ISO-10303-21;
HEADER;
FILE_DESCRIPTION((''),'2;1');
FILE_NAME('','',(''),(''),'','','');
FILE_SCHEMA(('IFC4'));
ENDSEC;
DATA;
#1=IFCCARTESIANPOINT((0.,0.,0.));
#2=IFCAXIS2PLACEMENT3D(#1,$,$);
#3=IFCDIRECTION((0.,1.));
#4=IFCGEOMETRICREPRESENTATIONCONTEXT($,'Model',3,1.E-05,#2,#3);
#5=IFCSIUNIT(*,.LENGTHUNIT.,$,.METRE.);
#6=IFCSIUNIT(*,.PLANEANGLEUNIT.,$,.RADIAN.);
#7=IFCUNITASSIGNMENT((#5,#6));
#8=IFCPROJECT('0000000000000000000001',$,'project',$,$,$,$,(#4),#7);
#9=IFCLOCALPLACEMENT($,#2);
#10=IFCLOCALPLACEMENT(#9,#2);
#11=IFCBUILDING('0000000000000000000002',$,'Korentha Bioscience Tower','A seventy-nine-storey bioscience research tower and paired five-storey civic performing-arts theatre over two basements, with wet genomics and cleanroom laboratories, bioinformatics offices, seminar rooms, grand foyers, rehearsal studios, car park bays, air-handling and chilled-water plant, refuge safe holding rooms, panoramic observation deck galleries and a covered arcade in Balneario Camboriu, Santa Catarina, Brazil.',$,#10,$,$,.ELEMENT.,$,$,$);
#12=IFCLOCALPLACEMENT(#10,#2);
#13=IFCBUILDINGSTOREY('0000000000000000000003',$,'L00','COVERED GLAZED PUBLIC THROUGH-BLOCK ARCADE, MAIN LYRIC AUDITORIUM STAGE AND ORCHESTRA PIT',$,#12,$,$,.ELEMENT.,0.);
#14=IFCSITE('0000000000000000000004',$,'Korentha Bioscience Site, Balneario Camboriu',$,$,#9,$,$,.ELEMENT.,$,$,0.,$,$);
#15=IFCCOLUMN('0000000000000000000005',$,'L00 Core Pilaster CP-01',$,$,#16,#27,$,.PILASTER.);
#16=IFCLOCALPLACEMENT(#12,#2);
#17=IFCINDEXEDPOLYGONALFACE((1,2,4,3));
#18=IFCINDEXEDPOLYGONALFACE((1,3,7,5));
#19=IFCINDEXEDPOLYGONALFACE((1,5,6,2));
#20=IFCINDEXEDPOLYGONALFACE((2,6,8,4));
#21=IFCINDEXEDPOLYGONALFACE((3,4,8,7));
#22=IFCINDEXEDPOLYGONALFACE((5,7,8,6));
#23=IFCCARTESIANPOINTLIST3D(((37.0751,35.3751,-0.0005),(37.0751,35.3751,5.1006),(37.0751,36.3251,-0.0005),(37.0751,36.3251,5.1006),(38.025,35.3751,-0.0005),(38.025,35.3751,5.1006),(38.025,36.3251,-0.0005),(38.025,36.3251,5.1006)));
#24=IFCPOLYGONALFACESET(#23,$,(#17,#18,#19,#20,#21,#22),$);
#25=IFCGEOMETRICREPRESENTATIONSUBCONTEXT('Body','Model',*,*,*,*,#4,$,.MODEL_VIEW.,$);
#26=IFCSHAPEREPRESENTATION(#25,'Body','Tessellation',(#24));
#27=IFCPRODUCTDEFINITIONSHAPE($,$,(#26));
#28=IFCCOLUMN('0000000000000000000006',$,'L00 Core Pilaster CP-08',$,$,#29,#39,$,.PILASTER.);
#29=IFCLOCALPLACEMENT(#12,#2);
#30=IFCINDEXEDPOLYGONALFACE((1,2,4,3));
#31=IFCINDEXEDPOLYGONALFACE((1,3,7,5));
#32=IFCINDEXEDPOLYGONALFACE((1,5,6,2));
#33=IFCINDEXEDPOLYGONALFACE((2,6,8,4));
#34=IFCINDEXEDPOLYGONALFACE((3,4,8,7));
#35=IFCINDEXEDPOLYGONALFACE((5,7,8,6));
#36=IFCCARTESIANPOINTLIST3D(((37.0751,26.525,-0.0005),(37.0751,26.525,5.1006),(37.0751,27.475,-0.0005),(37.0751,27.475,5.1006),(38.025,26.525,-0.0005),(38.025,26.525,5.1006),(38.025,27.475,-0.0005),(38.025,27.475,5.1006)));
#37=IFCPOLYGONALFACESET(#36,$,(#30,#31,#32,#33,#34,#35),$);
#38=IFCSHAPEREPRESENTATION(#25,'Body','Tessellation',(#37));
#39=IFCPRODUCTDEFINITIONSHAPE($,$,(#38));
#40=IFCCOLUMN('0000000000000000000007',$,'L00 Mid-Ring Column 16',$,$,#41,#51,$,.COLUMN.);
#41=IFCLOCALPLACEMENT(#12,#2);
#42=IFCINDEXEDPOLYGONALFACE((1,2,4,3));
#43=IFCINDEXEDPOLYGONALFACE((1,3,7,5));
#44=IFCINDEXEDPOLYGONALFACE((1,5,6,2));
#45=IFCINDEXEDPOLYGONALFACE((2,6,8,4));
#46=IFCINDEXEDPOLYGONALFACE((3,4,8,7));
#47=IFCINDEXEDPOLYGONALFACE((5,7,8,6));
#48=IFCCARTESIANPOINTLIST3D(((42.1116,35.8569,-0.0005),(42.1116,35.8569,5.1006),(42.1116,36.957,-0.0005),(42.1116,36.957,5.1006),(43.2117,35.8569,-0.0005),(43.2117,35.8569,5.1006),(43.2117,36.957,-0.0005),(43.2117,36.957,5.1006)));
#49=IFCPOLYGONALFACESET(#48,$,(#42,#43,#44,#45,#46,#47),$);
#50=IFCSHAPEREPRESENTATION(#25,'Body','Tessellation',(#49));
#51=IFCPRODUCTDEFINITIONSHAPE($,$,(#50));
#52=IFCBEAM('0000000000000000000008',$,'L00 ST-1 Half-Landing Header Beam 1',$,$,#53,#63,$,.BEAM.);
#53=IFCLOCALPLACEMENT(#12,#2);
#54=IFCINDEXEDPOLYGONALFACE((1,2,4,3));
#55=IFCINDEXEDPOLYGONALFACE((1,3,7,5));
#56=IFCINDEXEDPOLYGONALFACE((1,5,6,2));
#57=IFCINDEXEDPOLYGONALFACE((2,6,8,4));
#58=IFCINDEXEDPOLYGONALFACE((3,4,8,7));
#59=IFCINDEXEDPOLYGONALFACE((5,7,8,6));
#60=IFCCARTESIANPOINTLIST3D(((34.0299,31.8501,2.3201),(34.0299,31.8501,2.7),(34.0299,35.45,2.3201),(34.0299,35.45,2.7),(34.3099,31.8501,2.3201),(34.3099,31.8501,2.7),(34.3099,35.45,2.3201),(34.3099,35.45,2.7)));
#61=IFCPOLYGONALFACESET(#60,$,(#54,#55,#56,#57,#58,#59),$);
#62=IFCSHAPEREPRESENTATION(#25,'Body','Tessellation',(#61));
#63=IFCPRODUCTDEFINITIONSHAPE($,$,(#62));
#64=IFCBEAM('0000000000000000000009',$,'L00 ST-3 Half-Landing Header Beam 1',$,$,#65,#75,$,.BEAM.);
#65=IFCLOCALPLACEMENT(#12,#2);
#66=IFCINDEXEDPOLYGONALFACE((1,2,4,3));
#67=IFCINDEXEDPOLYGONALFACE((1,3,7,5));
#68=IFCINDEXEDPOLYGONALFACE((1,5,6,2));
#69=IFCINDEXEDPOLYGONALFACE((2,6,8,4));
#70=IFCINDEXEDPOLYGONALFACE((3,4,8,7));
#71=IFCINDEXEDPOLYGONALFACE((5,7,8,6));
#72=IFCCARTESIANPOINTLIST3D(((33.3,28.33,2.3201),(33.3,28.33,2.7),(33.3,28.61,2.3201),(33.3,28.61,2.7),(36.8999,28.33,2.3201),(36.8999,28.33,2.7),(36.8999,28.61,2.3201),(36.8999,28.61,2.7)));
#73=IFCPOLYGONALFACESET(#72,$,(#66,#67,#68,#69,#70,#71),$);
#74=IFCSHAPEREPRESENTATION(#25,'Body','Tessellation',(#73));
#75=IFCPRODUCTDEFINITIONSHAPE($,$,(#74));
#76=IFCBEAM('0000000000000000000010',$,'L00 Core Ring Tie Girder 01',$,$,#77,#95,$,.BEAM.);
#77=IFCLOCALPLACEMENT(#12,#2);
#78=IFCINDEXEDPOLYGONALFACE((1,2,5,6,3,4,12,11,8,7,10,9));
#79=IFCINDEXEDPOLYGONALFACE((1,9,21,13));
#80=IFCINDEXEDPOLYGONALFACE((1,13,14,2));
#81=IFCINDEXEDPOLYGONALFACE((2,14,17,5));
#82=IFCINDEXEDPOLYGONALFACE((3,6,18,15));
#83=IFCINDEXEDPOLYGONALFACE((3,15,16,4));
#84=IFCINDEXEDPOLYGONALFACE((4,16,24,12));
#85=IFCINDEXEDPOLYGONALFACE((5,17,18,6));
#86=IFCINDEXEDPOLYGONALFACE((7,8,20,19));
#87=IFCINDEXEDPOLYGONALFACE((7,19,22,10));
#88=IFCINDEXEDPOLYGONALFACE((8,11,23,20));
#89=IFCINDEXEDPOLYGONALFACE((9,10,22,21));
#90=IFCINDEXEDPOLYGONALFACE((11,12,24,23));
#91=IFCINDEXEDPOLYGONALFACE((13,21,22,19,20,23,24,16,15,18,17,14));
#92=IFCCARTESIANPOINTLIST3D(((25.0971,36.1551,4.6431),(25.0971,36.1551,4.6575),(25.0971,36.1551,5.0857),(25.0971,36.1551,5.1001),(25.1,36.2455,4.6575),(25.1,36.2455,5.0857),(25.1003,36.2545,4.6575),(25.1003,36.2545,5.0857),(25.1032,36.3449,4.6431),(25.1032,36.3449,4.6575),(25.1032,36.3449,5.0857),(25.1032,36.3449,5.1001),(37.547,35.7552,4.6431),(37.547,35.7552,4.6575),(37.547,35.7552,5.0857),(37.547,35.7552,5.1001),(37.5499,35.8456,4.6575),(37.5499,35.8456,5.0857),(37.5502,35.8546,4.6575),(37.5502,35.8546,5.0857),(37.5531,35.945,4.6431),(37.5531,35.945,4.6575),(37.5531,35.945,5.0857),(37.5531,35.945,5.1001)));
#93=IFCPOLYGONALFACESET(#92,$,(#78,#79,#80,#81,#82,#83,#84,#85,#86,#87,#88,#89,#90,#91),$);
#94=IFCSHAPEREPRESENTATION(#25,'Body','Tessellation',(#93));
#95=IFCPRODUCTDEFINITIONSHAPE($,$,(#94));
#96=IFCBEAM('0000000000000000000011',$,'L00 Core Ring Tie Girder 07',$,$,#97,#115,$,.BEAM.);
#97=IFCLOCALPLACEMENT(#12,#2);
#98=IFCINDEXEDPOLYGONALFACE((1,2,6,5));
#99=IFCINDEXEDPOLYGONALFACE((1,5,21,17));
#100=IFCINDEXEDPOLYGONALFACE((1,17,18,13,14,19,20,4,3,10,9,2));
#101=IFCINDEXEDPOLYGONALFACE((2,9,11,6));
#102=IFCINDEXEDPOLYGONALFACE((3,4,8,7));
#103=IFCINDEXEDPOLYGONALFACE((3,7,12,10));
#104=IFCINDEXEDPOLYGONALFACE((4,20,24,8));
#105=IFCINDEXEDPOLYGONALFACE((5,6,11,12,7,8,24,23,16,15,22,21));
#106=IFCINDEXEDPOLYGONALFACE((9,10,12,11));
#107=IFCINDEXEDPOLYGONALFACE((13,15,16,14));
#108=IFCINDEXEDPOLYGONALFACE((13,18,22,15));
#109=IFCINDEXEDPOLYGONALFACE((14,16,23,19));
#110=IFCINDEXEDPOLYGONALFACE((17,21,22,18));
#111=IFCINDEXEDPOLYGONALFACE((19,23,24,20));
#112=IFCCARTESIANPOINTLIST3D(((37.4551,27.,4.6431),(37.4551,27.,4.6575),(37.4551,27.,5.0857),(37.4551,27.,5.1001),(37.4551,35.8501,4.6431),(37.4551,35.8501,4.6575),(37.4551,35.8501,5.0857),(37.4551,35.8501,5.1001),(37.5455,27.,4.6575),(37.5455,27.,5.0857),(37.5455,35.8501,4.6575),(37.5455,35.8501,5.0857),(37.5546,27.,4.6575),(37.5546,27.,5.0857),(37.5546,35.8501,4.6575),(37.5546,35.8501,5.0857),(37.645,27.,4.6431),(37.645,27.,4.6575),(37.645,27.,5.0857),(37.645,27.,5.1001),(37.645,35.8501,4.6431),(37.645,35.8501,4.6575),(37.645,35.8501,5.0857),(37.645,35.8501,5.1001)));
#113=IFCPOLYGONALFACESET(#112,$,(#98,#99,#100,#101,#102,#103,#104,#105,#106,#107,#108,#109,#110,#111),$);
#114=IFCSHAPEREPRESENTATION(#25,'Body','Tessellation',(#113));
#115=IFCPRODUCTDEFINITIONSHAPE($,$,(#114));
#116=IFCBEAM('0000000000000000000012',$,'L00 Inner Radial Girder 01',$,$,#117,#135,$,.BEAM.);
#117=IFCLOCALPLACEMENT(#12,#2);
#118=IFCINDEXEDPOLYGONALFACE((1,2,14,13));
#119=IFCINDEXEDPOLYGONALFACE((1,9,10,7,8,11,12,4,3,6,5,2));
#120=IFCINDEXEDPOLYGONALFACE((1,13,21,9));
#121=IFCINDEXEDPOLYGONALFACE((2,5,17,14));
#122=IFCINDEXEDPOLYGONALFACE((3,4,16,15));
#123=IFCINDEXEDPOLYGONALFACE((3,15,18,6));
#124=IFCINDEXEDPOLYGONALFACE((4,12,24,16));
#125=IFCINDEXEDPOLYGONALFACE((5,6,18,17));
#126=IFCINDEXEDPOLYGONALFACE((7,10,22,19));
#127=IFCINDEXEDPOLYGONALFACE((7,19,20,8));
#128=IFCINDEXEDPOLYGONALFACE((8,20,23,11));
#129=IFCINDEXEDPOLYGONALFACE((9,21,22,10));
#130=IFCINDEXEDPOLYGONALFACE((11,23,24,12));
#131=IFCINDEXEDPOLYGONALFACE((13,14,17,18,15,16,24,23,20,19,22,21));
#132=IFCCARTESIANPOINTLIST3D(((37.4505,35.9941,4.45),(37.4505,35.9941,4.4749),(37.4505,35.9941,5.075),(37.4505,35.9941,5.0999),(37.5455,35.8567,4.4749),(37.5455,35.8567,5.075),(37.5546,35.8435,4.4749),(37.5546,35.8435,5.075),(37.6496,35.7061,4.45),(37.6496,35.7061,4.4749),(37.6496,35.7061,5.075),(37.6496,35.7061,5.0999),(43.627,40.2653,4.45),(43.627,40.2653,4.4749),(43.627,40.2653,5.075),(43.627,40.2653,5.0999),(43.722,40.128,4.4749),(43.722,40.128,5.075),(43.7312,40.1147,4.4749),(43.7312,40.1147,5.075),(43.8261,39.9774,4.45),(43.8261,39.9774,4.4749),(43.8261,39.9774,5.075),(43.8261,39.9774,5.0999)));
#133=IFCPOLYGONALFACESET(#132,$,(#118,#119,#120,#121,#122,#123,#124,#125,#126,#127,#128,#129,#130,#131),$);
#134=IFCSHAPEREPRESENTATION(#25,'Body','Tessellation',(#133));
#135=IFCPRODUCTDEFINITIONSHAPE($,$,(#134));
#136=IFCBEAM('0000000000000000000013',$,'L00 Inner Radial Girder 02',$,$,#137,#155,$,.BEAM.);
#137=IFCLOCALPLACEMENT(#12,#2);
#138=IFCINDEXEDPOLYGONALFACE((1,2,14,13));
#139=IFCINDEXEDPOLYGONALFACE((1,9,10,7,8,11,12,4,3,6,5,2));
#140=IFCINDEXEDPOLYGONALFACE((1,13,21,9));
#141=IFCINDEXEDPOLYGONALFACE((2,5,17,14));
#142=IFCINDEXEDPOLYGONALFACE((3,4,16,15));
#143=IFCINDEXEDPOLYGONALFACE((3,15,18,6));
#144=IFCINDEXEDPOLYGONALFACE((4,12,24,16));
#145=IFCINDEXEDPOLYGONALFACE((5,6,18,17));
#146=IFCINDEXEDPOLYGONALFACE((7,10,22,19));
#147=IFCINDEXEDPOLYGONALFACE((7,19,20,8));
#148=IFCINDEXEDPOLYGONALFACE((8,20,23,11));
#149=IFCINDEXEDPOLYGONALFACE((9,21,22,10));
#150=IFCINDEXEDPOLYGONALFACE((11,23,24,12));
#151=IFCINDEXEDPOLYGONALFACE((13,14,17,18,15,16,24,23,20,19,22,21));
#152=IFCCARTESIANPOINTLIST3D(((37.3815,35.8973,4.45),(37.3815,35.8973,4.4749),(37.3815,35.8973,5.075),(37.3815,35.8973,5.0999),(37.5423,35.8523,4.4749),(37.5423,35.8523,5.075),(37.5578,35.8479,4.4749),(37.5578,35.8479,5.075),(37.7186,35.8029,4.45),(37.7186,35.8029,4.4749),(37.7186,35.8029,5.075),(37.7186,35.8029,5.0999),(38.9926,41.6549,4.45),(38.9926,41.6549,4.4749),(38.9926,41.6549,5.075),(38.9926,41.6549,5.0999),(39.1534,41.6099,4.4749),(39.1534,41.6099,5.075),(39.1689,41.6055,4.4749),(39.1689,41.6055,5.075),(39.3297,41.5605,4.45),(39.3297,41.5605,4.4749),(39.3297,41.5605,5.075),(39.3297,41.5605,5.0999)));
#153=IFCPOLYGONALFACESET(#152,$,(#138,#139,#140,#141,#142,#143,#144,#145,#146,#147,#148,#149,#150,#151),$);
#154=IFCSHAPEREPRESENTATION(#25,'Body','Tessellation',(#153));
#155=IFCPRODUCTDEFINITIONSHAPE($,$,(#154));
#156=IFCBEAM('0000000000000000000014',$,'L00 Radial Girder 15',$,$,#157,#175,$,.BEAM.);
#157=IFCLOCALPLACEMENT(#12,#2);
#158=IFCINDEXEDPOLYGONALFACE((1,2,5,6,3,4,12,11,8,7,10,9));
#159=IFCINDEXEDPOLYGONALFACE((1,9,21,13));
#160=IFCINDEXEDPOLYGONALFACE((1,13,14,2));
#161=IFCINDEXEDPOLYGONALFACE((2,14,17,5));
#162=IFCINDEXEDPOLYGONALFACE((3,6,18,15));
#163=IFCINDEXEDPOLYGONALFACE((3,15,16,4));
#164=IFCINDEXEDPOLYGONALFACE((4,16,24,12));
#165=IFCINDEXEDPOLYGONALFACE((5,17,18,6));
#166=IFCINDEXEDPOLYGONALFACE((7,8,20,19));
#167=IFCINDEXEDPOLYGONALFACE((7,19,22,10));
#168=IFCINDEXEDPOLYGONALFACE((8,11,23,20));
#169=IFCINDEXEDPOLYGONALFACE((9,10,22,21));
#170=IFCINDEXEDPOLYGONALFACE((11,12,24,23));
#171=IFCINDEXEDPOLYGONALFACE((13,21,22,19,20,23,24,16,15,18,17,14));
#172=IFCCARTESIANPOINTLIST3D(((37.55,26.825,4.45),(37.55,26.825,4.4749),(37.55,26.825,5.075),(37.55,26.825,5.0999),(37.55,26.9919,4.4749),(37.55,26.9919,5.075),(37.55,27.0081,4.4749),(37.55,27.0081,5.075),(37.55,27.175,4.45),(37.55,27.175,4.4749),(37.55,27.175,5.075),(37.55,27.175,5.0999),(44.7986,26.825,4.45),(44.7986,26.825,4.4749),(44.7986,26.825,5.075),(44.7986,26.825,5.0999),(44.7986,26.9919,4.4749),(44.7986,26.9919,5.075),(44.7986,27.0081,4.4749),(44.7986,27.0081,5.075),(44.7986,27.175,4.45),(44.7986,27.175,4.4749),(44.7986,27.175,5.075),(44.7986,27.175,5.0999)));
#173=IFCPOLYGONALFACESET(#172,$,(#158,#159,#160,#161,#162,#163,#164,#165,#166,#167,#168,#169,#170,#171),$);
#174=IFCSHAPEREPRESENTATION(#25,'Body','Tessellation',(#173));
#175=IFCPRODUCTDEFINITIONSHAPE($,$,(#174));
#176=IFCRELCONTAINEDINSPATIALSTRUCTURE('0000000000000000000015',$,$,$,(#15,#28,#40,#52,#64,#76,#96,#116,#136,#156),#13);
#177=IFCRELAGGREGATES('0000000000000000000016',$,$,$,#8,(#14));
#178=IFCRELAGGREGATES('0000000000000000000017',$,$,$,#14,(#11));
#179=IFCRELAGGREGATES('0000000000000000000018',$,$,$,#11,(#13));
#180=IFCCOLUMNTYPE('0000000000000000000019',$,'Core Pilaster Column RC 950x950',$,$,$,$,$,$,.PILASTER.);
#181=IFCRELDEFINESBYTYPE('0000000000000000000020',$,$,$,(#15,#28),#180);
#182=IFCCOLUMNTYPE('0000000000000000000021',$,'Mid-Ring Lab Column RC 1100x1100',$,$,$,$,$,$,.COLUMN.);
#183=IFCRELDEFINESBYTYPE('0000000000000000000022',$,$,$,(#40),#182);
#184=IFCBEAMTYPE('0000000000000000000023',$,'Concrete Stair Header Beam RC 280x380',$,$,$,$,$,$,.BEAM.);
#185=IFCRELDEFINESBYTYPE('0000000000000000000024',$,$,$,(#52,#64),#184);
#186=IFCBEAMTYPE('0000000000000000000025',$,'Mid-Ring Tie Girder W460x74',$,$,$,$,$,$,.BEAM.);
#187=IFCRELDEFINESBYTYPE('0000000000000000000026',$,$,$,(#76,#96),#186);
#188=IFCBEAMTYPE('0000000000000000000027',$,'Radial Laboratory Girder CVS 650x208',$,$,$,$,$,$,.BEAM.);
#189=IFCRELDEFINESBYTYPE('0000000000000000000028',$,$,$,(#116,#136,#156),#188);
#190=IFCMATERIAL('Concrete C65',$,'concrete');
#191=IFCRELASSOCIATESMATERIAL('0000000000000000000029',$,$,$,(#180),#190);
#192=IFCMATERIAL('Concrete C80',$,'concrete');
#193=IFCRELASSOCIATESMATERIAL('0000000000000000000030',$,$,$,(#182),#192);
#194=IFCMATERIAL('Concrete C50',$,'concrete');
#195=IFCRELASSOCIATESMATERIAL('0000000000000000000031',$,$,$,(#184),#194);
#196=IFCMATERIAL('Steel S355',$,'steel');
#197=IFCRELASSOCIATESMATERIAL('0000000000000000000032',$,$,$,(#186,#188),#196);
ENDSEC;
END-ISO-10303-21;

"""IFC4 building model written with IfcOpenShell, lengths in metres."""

from ifc_helpers import new_model, si_unit, direction, frame, origin, origin_2d, place, context, subcontext, project, spatial, rectangle, i_section, extrude, material, material_profile, profile_set, type_object, element, save


model = new_model("IFC4")

# Units and contexts
model_context = context("Model", 3, precision=1e-05, world=origin(), true_north=direction((0.0, 1.0)))
body_context = subcontext(model_context, "Body", "Model", "MODEL_VIEW")
ifc_project = project(units=[si_unit("LENGTHUNIT", "METRE"), si_unit("PLANEANGLEUNIT", "RADIAN")], contexts=[model_context])

# Site, building, storey
site_placement = place(None, origin())
site = spatial("IfcSite", under=ifc_project, at=site_placement, Name="Korentha Bioscience Site, Balneario Camboriu", CompositionType="ELEMENT", RefElevation=0.0)
building_placement = place(site_placement, origin())
building = spatial("IfcBuilding", under=site, at=building_placement, Name="Korentha Bioscience Tower", Description="A seventy-nine-storey bioscience research tower and paired five-storey civic performing-arts theatre over two basements, with wet genomics and cleanroom laboratories, bioinformatics offices, seminar rooms, grand foyers, rehearsal studios, car park bays, air-handling and chilled-water plant, refuge safe holding rooms, panoramic observation deck galleries and a covered arcade in Balneario Camboriu, Santa Catarina, Brazil.", CompositionType="ELEMENT")
storey_placement = place(building_placement, origin())
storey = spatial("IfcBuildingStorey", under=building, at=storey_placement, Name="L00", Description="COVERED GLAZED PUBLIC THROUGH-BLOCK ARCADE, MAIN LYRIC AUDITORIUM STAGE AND ORCHESTRA PIT", CompositionType="ELEMENT", Elevation=0.0)

# Columns
ifc_material_1 = material(Name="Concrete C65", Category="concrete")
ifc_material_profile_1 = material_profile(ifc_material_1, rectangle(XDim=0.95, YDim=0.95, at=origin_2d()), Name="Concrete C65")
ifc_profile_set_1 = profile_set([ifc_material_profile_1], Name="Concrete C65 (COL-CP09)")
column_type_1 = type_object("IfcColumnType", Name="Core Pilaster Column RC 950x950", PredefinedType="PILASTER", material=ifc_profile_set_1)
for number, where, z_axis, x_axis, name in (
    (1, (37.55, 35.8501, -0.0005), (0.0, 0.0, 1.0), (1.0, 0.0, 0.0), "L00 Core Pilaster CP-01"),
    (2, (37.55, 27.0, -0.0005), (0.0, 0.0, 1.0), (1.0, 0.0, 0.0), "L00 Core Pilaster CP-08"),
):
    element("IfcColumn", number, at=place(storey_placement, frame(where, z_axis=z_axis, x_axis=x_axis)), inside=storey, type_object=column_type_1, Name=name, PredefinedType="PILASTER", context=body_context, shape_type="SweptSolid", body=[
        extrude(rectangle(XDim=0.95, YDim=0.95, at=origin_2d()), origin(), (0.0, 0.0, 1.0), 5.1011),
    ])
ifc_material_2 = material(Name="Concrete C80", Category="concrete")
ifc_material_profile_2 = material_profile(ifc_material_2, rectangle(XDim=1.1001, YDim=1.1001, at=origin_2d()), Name="Concrete C80")
ifc_profile_set_2 = profile_set([ifc_material_profile_2], Name="Concrete C80 (COL-MR11)")
column_type_2 = type_object("IfcColumnType", Name="Mid-Ring Lab Column RC 1100x1100", PredefinedType="COLUMN", material=ifc_profile_set_2)
column_placement = place(storey_placement, frame((42.6616, 36.407, -0.0005), z_axis=(0.0, 0.0, 1.0), x_axis=(1.0, 0.0, 0.0)))
element("IfcColumn", 3, at=column_placement, inside=storey, type_object=column_type_2, Name="L00 Mid-Ring Column 16", PredefinedType="COLUMN", context=body_context, shape_type="SweptSolid", body=[
    extrude(rectangle(XDim=1.1001, YDim=1.1001, at=origin_2d()), origin(), (0.0, 0.0, 1.0), 5.1011),
])

# Beams
ifc_material_3 = material(Name="Concrete C50", Category="concrete")
ifc_material_profile_3 = material_profile(ifc_material_3, rectangle(XDim=0.28, YDim=0.3799, at=origin_2d()), Name="Concrete C50")
ifc_profile_set_3 = profile_set([ifc_material_profile_3], Name="Concrete C50 (ST-HB380)")
beam_type_1 = type_object("IfcBeamType", Name="Concrete Stair Header Beam RC 280x380", PredefinedType="BEAM", material=ifc_profile_set_3)
for number, where, z_axis, x_axis, name in (
    (4, (34.1699, 31.8501, 2.51), (0.0, 1.0, 0.0), (-1.0, 0.0, 0.0), "L00 ST-1 Half-Landing Header Beam 1"),
    (5, (36.8999, 28.47, 2.51), (-1.0, 0.0, 0.0), (0.0, -1.0, 0.0), "L00 ST-3 Half-Landing Header Beam 1"),
):
    element("IfcBeam", number, at=place(storey_placement, frame(where, z_axis=z_axis, x_axis=x_axis)), inside=storey, type_object=beam_type_1, Name=name, PredefinedType="BEAM", context=body_context, shape_type="SweptSolid", body=[
        extrude(rectangle(XDim=0.28, YDim=0.3799, at=origin_2d()), origin(), (0.0, 0.0, 1.0), 3.5999),
    ])
ifc_material_4 = material(Name="Steel S355", Category="steel")
ifc_material_profile_4 = material_profile(ifc_material_4, i_section(OverallWidth=0.1899, OverallDepth=0.457, WebThickness=0.009, FlangeThickness=0.0144, at=origin_2d()), Name="Steel S355")
ifc_profile_set_4 = profile_set([ifc_material_profile_4], Name="Steel S355 (MB-460)")
beam_type_2 = type_object("IfcBeamType", Name="Mid-Ring Tie Girder W460x74", PredefinedType="BEAM", material=ifc_profile_set_4)
beam_1_placement = place(storey_placement, frame((37.55, 35.8501, 4.8716), z_axis=(-0.999485, 0.032104, 0.0), x_axis=(-0.032104, -0.999485, 0.0)))
element("IfcBeam", 6, at=beam_1_placement, inside=storey, type_object=beam_type_2, Name="L00 Core Ring Tie Girder 01", PredefinedType="BEAM", context=body_context, shape_type="SweptSolid", body=[
    extrude(i_section(OverallWidth=0.1899, OverallDepth=0.457, WebThickness=0.009, FlangeThickness=0.0144, at=origin_2d()), origin(), (0.0, 0.0, 1.0), 12.4563),
])
beam_2_placement = place(storey_placement, frame((37.55, 27.0, 4.8716), z_axis=(0.0, 1.0, 0.0), x_axis=(-1.0, 0.0, 0.0)))
element("IfcBeam", 7, at=beam_2_placement, inside=storey, type_object=beam_type_2, Name="L00 Core Ring Tie Girder 07", PredefinedType="BEAM", context=body_context, shape_type="SweptSolid", body=[
    extrude(i_section(OverallWidth=0.1899, OverallDepth=0.457, WebThickness=0.009, FlangeThickness=0.0144, at=origin_2d()), origin(), (0.0, 0.0, 1.0), 8.8501),
])
ifc_material_profile_5 = material_profile(ifc_material_4, i_section(OverallWidth=0.3501, OverallDepth=0.6499, WebThickness=0.0161, FlangeThickness=0.0249, at=origin_2d()), Name="Steel S355")
ifc_profile_set_5 = profile_set([ifc_material_profile_5], Name="Steel S355 (RB-650)")
beam_type_3 = type_object("IfcBeamType", Name="Radial Laboratory Girder CVS 650x208", PredefinedType="BEAM", material=ifc_profile_set_5)
beam_3_placement = place(storey_placement, frame((37.55, 35.8501, 4.7749), z_axis=(0.822492, 0.568777, 0.0), x_axis=(-0.568777, 0.822492, 0.0)))
element("IfcBeam", 8, at=beam_3_placement, inside=storey, type_object=beam_type_3, Name="L00 Inner Radial Girder 01", PredefinedType="BEAM", context=body_context, shape_type="SweptSolid", body=[
    extrude(i_section(OverallWidth=0.3501, OverallDepth=0.6499, WebThickness=0.0161, FlangeThickness=0.0249, at=origin_2d()), origin(), (0.0, 0.0, 1.0), 7.5095),
])
beam_4_placement = place(storey_placement, frame((37.55, 35.8501, 4.7749), z_axis=(0.269469, 0.963009, 0.0), x_axis=(-0.963009, 0.269469, 0.0)))
element("IfcBeam", 9, at=beam_4_placement, inside=storey, type_object=beam_type_3, Name="L00 Inner Radial Girder 02", PredefinedType="BEAM", context=body_context, shape_type="SweptSolid", body=[
    extrude(i_section(OverallWidth=0.3501, OverallDepth=0.6499, WebThickness=0.0161, FlangeThickness=0.0249, at=origin_2d()), origin(), (0.0, 0.0, 1.0), 5.9788),
])
beam_5_placement = place(storey_placement, frame((37.55, 27.0, 4.7749), z_axis=(1.0, 0.0, 0.0), x_axis=(0.0, 1.0, 0.0)))
element("IfcBeam", 10, at=beam_5_placement, inside=storey, type_object=beam_type_3, Name="L00 Radial Girder 15", PredefinedType="BEAM", context=body_context, shape_type="SweptSolid", body=[
    extrude(i_section(OverallWidth=0.3501, OverallDepth=0.6499, WebThickness=0.0161, FlangeThickness=0.0249, at=origin_2d()), origin(), (0.0, 0.0, 1.0), 7.2485),
])

save(model, "model.ifc")
